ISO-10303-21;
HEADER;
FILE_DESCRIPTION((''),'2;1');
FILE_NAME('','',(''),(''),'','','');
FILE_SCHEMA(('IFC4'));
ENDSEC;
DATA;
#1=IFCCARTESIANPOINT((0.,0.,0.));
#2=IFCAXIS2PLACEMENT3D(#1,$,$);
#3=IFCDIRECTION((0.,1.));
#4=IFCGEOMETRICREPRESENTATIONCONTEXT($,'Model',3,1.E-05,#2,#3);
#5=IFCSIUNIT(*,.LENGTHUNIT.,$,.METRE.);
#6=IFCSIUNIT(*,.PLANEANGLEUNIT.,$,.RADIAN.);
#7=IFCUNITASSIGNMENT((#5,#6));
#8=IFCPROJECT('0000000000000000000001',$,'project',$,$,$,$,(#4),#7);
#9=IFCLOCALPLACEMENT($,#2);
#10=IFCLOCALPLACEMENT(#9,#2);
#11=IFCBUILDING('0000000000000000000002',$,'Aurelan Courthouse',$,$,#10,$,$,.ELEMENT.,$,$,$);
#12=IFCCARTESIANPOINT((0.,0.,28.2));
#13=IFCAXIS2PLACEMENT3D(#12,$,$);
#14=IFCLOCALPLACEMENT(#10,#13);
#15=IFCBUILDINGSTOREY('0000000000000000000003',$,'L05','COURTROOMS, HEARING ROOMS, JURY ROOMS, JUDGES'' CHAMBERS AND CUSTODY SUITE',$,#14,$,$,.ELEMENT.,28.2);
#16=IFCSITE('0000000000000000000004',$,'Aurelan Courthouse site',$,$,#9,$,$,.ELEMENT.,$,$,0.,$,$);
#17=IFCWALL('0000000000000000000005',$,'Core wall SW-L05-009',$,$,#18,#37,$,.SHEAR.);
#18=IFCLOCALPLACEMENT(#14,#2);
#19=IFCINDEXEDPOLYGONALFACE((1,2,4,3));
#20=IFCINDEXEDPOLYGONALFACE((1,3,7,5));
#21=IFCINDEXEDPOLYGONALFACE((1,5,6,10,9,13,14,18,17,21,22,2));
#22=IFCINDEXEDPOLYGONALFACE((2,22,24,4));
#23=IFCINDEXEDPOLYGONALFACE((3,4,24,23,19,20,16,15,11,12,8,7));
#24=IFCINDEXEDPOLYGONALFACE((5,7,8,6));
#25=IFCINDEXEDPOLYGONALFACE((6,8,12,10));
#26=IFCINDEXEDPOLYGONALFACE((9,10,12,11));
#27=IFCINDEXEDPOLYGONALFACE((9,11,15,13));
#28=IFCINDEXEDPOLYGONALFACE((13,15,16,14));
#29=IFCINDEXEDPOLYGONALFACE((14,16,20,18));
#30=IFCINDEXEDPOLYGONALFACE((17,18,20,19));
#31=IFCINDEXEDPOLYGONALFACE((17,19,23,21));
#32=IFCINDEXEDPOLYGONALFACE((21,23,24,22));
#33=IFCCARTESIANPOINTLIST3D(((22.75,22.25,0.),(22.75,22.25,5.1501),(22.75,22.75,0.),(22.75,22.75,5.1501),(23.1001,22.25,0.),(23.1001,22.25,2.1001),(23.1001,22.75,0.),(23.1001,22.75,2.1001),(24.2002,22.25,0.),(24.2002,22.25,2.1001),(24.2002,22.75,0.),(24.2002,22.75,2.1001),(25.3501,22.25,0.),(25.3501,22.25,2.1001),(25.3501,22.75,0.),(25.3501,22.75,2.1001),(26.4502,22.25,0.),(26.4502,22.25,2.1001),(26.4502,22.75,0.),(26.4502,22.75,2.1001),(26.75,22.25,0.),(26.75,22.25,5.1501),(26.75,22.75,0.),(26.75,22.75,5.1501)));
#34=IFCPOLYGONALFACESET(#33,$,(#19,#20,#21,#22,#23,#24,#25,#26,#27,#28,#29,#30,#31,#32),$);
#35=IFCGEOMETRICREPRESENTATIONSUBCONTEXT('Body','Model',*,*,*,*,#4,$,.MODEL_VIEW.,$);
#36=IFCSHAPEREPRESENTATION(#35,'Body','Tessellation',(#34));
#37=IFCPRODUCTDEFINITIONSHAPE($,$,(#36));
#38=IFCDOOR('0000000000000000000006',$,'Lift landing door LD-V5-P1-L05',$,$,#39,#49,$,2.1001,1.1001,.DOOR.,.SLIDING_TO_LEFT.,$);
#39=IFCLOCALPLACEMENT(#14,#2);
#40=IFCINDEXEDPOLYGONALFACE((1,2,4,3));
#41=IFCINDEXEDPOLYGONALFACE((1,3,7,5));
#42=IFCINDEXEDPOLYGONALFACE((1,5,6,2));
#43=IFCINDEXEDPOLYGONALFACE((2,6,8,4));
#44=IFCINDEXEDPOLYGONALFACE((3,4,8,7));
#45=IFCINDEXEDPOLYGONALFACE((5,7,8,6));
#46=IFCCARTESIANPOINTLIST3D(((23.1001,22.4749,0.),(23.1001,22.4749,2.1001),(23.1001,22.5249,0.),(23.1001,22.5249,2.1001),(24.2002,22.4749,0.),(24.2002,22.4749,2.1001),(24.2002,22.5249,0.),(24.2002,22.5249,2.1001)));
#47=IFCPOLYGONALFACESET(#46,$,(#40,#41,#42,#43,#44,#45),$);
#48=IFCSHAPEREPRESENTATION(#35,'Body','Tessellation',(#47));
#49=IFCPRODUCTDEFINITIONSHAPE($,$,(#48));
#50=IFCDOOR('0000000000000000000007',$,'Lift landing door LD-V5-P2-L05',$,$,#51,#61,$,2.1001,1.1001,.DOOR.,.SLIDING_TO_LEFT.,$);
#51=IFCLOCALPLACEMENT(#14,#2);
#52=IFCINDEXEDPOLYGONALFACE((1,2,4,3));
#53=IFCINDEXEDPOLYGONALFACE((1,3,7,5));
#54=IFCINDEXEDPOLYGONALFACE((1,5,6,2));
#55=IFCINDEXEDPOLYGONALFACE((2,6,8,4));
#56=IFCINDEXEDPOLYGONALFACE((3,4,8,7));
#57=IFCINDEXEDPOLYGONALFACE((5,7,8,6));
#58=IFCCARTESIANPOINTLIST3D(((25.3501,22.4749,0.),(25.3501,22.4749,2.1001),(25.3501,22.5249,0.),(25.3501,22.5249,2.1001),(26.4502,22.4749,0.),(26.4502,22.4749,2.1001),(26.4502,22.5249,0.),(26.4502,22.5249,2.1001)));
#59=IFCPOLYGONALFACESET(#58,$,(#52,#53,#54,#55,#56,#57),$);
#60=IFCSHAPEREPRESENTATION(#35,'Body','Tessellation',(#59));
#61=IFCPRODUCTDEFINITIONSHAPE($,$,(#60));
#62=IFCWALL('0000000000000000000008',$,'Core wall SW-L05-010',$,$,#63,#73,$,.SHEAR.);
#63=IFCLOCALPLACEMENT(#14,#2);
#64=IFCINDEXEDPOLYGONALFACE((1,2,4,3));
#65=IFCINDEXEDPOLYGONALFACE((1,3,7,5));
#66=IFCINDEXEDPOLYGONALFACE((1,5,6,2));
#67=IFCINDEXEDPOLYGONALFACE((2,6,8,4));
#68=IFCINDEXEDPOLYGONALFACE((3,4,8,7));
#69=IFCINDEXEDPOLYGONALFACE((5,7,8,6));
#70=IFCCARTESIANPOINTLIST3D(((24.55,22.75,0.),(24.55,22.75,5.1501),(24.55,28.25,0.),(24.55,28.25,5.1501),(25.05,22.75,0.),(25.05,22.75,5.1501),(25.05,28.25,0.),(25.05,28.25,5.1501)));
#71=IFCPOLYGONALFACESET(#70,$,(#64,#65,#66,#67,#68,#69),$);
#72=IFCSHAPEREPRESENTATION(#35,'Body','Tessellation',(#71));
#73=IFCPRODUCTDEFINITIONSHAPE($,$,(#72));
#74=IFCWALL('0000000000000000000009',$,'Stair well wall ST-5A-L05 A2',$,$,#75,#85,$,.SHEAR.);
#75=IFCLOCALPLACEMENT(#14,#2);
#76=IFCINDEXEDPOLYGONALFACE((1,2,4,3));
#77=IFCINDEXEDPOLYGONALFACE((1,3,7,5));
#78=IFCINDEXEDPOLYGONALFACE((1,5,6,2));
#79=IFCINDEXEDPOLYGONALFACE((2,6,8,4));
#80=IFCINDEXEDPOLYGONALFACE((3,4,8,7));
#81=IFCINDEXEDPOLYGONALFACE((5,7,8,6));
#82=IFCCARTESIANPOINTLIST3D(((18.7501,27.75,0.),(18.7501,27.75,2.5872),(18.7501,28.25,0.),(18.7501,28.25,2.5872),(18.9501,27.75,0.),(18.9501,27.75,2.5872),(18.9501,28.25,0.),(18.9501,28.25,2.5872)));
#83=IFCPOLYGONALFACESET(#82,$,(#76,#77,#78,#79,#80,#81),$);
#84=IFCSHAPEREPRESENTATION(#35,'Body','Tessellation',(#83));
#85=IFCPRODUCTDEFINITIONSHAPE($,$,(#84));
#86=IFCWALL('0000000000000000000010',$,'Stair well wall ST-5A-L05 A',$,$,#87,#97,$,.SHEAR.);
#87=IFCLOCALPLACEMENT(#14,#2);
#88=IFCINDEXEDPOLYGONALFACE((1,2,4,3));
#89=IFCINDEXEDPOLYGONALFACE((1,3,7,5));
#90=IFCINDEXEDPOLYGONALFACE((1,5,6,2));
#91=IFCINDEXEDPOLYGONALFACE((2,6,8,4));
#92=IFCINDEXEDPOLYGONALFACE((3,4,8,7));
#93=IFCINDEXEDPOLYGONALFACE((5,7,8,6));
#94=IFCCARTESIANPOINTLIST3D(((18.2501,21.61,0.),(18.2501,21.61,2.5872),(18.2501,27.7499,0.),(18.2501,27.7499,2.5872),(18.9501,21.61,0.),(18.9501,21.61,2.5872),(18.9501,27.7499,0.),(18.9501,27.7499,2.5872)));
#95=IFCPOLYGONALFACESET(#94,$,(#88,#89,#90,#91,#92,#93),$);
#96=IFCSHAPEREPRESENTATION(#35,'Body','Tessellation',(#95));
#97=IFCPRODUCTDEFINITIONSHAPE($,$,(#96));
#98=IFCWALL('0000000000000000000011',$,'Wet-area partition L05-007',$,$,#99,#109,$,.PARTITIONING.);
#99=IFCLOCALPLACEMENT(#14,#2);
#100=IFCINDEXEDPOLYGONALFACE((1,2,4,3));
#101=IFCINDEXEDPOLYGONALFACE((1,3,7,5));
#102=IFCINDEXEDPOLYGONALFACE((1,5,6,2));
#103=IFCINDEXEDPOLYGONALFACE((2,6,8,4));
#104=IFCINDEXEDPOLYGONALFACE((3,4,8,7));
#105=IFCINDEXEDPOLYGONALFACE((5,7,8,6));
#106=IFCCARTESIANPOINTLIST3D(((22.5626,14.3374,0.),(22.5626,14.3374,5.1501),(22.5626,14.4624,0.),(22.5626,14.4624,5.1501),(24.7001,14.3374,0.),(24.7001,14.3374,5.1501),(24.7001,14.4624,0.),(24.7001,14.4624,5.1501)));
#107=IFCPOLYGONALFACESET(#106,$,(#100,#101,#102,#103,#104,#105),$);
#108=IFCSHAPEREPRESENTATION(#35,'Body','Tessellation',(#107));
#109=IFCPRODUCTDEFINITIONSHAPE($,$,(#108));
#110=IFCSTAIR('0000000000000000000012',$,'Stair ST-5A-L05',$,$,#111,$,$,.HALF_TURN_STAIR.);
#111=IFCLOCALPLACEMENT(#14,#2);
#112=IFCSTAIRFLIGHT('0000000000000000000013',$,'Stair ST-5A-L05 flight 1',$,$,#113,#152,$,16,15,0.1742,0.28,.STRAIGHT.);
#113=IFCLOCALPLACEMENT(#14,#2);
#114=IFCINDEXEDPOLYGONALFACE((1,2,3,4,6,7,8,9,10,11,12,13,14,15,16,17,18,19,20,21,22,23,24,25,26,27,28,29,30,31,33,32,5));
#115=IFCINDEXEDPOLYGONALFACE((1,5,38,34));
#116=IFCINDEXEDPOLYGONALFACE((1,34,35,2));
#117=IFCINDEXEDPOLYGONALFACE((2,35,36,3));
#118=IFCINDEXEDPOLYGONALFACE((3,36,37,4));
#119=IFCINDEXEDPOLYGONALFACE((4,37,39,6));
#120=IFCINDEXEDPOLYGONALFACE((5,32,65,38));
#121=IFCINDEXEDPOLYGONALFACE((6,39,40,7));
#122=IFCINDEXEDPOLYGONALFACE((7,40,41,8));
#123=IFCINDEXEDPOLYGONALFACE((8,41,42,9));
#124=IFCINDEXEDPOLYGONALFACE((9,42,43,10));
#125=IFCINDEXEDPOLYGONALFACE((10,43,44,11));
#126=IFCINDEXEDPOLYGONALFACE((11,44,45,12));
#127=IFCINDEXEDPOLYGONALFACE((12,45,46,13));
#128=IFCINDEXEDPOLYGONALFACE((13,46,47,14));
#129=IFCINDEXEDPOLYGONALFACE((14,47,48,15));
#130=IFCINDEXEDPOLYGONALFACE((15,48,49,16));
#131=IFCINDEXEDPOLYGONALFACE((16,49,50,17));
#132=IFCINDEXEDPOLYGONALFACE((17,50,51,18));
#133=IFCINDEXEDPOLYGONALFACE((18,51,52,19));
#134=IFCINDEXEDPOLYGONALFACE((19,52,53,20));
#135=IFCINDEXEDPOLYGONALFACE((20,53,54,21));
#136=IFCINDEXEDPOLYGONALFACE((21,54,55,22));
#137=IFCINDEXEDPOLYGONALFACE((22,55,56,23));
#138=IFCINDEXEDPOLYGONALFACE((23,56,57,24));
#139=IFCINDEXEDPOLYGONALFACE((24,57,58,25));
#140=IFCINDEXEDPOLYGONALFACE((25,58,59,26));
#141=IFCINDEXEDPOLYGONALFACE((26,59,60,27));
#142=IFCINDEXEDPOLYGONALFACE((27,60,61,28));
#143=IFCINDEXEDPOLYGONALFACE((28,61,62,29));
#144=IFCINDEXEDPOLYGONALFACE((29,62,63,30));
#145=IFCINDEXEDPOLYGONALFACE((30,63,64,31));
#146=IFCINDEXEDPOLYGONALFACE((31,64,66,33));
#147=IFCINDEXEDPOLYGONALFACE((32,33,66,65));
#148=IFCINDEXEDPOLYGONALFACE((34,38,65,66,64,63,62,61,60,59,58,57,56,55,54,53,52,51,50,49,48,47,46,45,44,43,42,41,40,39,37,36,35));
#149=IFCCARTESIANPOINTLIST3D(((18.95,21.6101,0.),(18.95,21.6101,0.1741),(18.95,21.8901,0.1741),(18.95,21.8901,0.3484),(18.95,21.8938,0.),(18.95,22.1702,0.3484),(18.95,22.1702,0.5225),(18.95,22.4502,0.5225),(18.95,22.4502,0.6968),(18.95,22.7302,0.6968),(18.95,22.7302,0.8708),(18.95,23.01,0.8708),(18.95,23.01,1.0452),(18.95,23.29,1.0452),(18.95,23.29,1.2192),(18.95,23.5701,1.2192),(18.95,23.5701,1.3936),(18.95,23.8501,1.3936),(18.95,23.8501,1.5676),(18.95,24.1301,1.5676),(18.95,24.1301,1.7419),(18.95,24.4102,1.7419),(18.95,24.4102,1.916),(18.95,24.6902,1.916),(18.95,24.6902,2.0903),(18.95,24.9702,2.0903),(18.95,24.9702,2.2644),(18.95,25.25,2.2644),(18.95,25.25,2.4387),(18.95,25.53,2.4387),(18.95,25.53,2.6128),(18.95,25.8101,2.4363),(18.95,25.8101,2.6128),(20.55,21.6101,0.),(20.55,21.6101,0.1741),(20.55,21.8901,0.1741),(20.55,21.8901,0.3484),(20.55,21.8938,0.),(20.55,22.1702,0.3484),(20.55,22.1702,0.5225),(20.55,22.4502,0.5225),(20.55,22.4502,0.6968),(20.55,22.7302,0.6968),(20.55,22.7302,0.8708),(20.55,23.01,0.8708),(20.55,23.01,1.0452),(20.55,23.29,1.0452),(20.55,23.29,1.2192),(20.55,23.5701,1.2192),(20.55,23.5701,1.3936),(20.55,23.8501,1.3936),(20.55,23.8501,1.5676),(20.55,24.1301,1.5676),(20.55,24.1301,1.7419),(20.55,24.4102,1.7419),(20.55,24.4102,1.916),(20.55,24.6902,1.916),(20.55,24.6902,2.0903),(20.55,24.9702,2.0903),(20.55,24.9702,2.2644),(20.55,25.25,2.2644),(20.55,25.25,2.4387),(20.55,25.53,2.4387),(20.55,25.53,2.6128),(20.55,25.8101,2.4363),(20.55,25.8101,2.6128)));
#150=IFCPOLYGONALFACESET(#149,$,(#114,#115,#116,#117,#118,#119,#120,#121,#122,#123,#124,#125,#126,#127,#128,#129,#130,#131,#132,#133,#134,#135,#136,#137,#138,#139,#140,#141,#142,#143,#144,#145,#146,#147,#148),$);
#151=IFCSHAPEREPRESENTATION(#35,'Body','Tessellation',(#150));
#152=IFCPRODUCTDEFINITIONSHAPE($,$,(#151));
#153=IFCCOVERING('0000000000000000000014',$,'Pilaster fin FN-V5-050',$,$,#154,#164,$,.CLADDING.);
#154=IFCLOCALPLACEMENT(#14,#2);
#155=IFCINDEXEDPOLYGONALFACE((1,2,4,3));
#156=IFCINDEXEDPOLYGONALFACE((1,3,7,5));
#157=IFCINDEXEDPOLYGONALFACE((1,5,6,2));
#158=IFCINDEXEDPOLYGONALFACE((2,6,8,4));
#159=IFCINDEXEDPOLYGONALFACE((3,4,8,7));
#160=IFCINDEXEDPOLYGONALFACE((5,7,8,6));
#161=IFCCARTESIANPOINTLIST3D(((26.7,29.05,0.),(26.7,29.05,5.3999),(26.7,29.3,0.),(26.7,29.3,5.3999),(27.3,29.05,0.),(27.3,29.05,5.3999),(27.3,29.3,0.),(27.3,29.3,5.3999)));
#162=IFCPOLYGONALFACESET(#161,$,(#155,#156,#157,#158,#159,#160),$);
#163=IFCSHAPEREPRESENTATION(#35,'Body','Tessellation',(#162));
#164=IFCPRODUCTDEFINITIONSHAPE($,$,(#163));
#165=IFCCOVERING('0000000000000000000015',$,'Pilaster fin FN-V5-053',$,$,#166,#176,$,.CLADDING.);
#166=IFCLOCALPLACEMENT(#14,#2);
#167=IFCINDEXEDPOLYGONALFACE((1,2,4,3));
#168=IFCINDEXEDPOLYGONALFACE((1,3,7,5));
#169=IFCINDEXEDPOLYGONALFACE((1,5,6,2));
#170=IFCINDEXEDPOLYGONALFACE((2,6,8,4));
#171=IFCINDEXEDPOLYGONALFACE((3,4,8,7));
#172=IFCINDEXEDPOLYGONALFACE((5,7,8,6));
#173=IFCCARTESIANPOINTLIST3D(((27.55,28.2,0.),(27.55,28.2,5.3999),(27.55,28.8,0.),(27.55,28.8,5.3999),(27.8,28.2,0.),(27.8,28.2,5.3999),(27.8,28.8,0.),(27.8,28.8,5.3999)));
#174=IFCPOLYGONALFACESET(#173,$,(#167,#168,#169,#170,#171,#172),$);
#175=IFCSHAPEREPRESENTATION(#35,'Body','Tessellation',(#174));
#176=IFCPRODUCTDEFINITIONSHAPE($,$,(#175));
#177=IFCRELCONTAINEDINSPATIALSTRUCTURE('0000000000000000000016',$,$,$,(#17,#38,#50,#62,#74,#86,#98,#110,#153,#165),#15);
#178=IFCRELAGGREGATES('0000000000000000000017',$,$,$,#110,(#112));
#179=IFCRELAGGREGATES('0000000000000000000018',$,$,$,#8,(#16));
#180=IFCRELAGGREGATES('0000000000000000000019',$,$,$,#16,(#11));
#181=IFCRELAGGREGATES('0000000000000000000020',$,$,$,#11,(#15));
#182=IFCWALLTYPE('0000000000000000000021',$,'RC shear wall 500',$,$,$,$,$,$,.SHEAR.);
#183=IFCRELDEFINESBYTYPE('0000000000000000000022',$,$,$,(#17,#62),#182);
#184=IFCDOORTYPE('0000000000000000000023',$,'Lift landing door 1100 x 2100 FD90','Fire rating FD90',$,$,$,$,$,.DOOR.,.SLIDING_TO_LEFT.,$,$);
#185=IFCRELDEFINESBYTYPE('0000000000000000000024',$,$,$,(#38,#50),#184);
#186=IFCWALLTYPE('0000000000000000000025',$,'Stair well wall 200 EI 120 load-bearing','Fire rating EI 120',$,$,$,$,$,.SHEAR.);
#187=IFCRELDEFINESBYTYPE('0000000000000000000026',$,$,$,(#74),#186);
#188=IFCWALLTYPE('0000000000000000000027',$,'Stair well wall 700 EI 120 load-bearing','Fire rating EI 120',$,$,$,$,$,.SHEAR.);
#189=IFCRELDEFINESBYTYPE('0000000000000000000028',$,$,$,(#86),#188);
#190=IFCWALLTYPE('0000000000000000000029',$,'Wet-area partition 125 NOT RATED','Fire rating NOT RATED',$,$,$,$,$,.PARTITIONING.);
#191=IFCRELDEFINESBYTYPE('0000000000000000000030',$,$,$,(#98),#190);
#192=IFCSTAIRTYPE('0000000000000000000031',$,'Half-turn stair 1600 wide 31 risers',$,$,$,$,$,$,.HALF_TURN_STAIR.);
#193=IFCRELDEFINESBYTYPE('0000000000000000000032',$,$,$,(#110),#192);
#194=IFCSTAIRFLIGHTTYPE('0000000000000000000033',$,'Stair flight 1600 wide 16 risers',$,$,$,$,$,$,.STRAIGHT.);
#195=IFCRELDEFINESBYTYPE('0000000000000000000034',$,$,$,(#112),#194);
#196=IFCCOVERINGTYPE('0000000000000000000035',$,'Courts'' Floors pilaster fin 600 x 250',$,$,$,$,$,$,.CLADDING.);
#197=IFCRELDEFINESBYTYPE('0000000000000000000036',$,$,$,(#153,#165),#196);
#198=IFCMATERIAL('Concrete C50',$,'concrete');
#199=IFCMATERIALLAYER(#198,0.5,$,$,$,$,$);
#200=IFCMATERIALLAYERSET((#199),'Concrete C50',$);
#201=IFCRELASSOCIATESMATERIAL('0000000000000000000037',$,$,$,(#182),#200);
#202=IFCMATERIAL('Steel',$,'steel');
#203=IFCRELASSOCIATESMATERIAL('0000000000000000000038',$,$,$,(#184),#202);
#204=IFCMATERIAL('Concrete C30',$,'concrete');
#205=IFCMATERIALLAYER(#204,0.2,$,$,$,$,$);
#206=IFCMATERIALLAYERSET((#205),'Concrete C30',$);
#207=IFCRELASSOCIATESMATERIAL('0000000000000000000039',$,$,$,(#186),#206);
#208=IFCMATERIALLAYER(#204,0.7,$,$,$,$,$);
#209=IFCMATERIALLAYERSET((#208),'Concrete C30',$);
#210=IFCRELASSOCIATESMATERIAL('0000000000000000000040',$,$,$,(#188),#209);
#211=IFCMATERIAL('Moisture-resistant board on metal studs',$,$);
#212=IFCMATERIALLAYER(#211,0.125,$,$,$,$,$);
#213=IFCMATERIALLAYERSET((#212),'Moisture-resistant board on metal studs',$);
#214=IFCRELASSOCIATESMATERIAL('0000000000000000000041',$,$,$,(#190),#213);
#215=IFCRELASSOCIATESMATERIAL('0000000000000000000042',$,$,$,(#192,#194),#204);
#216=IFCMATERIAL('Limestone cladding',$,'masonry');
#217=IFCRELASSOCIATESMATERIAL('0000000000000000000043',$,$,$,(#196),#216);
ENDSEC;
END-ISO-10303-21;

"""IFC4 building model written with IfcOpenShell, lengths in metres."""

from ifc_helpers import new_model, si_unit, direction, frame, frame_2d, origin, origin_2d, place, context, subcontext, project, spatial, polyline, rectangle, outline, extrude, material, layer, layer_set, type_object, element, fill, aggregate, save


model = new_model("IFC4")

# Units and contexts
model_context = context("Model", 3, precision=1e-05, world=origin(), true_north=direction((0.0, 1.0)))
body_context = subcontext(model_context, "Body", "Model", "MODEL_VIEW")
ifc_project = project(units=[si_unit("LENGTHUNIT", "METRE"), si_unit("PLANEANGLEUNIT", "RADIAN")], contexts=[model_context])

# Site, building, storey
site_placement = place(None, origin())
site = spatial("IfcSite", under=ifc_project, at=site_placement, Name="Aurelan Courthouse site", CompositionType="ELEMENT", RefElevation=0.0)
building_placement = place(site_placement, origin())
building = spatial("IfcBuilding", under=site, at=building_placement, Name="Aurelan Courthouse", CompositionType="ELEMENT")
storey_placement = place(building_placement, frame((0.0, 0.0, 28.2)))
storey = spatial("IfcBuildingStorey", under=building, at=storey_placement, Name="L05", Description="COURTROOMS, HEARING ROOMS, JURY ROOMS, JUDGES' CHAMBERS AND CUSTODY SUITE", CompositionType="ELEMENT", Elevation=28.2)

# Shared definitions
ifc_material_1 = material(Name="Concrete C50", Category="concrete")

# Shared definitions
ifc_material_2 = material(Name="Limestone cladding", Category="masonry")
ifc_material_3 = material(Name="Concrete C30", Category="concrete")
ifc_layer_1 = layer(ifc_material_1, 0.5)
ifc_layer_set_1 = layer_set([ifc_layer_1], Name="Concrete C50")
wall_type_1 = type_object("IfcWallType", Name="RC shear wall 500", PredefinedType="SHEAR", material=ifc_layer_set_1)

# Wall, openings, doors
wall_1_placement = place(storey_placement, frame((22.75, 22.5, 0.0), z_axis=(0.0, 0.0, 1.0), x_axis=(1.0, 0.0, 0.0)))
wall_1 = element("IfcWall", 1, at=wall_1_placement, inside=storey, type_object=wall_type_1, Name="Core wall SW-L05-009", PredefinedType="SHEAR", context=body_context, shape_type="SweptSolid", body=[
    extrude(rectangle(XDim=4.0, YDim=0.5, at=frame_2d((2.0, 0.0))), origin(), (0.0, 0.0, 1.0), 5.1501),
])
opening_1_placement = place(wall_1_placement, frame((0.3501, 0.0, 0.0)))
opening_1 = element("IfcOpeningElement", 2, at=opening_1_placement, cuts=wall_1, PredefinedType="OPENING", context=body_context, shape_type="SweptSolid", body=[
    extrude(rectangle(XDim=1.1001, YDim=2.1001, at=frame_2d((0.55, 1.05))), frame((0.0, 0.26, 0.0), z_axis=(0.0, -1.0, 0.0), x_axis=(1.0, 0.0, 0.0)), (0.0, 0.0, 1.0), 0.52),
])
opening_2_placement = place(wall_1_placement, frame((2.6001, 0.0, 0.0)))
opening_2 = element("IfcOpeningElement", 3, at=opening_2_placement, cuts=wall_1, PredefinedType="OPENING", context=body_context, shape_type="SweptSolid", body=[
    extrude(rectangle(XDim=1.1001, YDim=2.1001, at=frame_2d((0.55, 1.05))), frame((0.0, 0.26, 0.0), z_axis=(0.0, -1.0, 0.0), x_axis=(1.0, 0.0, 0.0)), (0.0, 0.0, 1.0), 0.52),
])
ifc_material_4 = material(Name="Steel", Category="steel")
door_type = type_object("IfcDoorType", Name="Lift landing door 1100 x 2100 FD90", Description="Fire rating FD90", OperationType="SLIDING_TO_LEFT", PredefinedType="DOOR", material=ifc_material_4)
door_1_placement = place(opening_1_placement, origin())
door_1 = element("IfcDoor", 4, at=door_1_placement, inside=storey, type_object=door_type, Name="Lift landing door LD-V5-P1-L05", OperationType="SLIDING_TO_LEFT", OverallHeight=2.1001, OverallWidth=1.1001, PredefinedType="DOOR", context=body_context, shape_type="SweptSolid", body=[
    extrude(rectangle(XDim=1.1001, YDim=2.1001, at=frame_2d((0.55, 1.05))), frame((0.0, 0.0249, 0.0), z_axis=(0.0, -1.0, 0.0), x_axis=(1.0, 0.0, 0.0)), (0.0, 0.0, 1.0), 0.05),
])
fill(opening_1, door_1)
door_2_placement = place(opening_2_placement, origin())
door_2 = element("IfcDoor", 5, at=door_2_placement, inside=storey, type_object=door_type, Name="Lift landing door LD-V5-P2-L05", OperationType="SLIDING_TO_LEFT", OverallHeight=2.1001, OverallWidth=1.1001, PredefinedType="DOOR", context=body_context, shape_type="SweptSolid", body=[
    extrude(rectangle(XDim=1.1001, YDim=2.1001, at=frame_2d((0.55, 1.05))), frame((0.0, 0.0249, 0.0), z_axis=(0.0, -1.0, 0.0), x_axis=(1.0, 0.0, 0.0)), (0.0, 0.0, 1.0), 0.05),
])
fill(opening_2, door_2)

# Walls
wall_2_placement = place(storey_placement, frame((24.8, 22.75, 0.0), z_axis=(0.0, 0.0, 1.0), x_axis=(0.0, 1.0, 0.0)))
element("IfcWall", 6, at=wall_2_placement, inside=storey, type_object=wall_type_1, Name="Core wall SW-L05-010", PredefinedType="SHEAR", context=body_context, shape_type="SweptSolid", body=[
    extrude(rectangle(XDim=5.5, YDim=0.5, at=frame_2d((2.75, 0.0))), origin(), (0.0, 0.0, 1.0), 5.1501),
])
ifc_layer_2 = layer(ifc_material_3, 0.2)
ifc_layer_set_2 = layer_set([ifc_layer_2], Name="Concrete C30")
wall_type_2 = type_object("IfcWallType", Name="Stair well wall 200 EI 120 load-bearing", Description="Fire rating EI 120", PredefinedType="SHEAR", material=ifc_layer_set_2)
wall_3_placement = place(storey_placement, frame((18.8501, 27.75, 0.0), z_axis=(0.0, 0.0, 1.0), x_axis=(0.0, 1.0, 0.0)))
element("IfcWall", 7, at=wall_3_placement, inside=storey, type_object=wall_type_2, Name="Stair well wall ST-5A-L05 A2", PredefinedType="SHEAR", context=body_context, shape_type="SweptSolid", body=[
    extrude(rectangle(XDim=0.5, YDim=0.2, at=frame_2d((0.25, 0.0))), origin(), (0.0, 0.0, 1.0), 2.5872),
])
ifc_layer_3 = layer(ifc_material_3, 0.7)
ifc_layer_set_3 = layer_set([ifc_layer_3], Name="Concrete C30")
wall_type_3 = type_object("IfcWallType", Name="Stair well wall 700 EI 120 load-bearing", Description="Fire rating EI 120", PredefinedType="SHEAR", material=ifc_layer_set_3)
wall_4_placement = place(storey_placement, frame((18.6001, 21.6101, 0.0), z_axis=(0.0, 0.0, 1.0), x_axis=(0.0, 1.0, 0.0)))
element("IfcWall", 8, at=wall_4_placement, inside=storey, type_object=wall_type_3, Name="Stair well wall ST-5A-L05 A", PredefinedType="SHEAR", context=body_context, shape_type="SweptSolid", body=[
    extrude(rectangle(XDim=6.1399, YDim=0.7, at=frame_2d((3.0698, 0.0))), origin(), (0.0, 0.0, 1.0), 2.5872),
])
ifc_material_5 = material(Name="Moisture-resistant board on metal studs")
ifc_layer_4 = layer(ifc_material_5, 0.125)
ifc_layer_set_4 = layer_set([ifc_layer_4], Name="Moisture-resistant board on metal studs")
wall_type_4 = type_object("IfcWallType", Name="Wet-area partition 125 NOT RATED", Description="Fire rating NOT RATED", PredefinedType="PARTITIONING", material=ifc_layer_set_4)
wall_5_placement = place(storey_placement, frame((22.5625, 14.3999, 0.0), z_axis=(0.0, 0.0, 1.0), x_axis=(1.0, 0.0, 0.0)))
element("IfcWall", 9, at=wall_5_placement, inside=storey, type_object=wall_type_4, Name="Wet-area partition L05-007", PredefinedType="PARTITIONING", context=body_context, shape_type="SweptSolid", body=[
    extrude(rectangle(XDim=2.1375, YDim=0.125, at=frame_2d((1.0688, 0.0))), origin(), (0.0, 0.0, 1.0), 5.1501),
])

# Stair, stair flight
stair_type = type_object("IfcStairType", Name="Half-turn stair 1600 wide 31 risers", PredefinedType="HALF_TURN_STAIR", material=ifc_material_3)
stair_placement = place(storey_placement, origin())
stair = element("IfcStair", 10, at=stair_placement, inside=storey, type_object=stair_type, Name="Stair ST-5A-L05", PredefinedType="HALF_TURN_STAIR")
stair_flight_type = type_object("IfcStairFlightType", Name="Stair flight 1600 wide 16 risers", PredefinedType="STRAIGHT", material=ifc_material_3)
stair_flight_placement = place(storey_placement, frame((19.75, 21.6101, 0.0), z_axis=(0.0, 0.0, 1.0), x_axis=(0.0, 1.0, 0.0)))
stair_flight = element("IfcStairFlight", 11, at=stair_flight_placement, type_object=stair_flight_type, Name="Stair ST-5A-L05 flight 1", NumberOfRisers=16, NumberOfTreads=15, PredefinedType="STRAIGHT", RiserHeight=0.1742, TreadLength=0.28, context=body_context, shape_type="SweptSolid", body=[
    extrude(outline(polyline([(0.0, 0.0), (0.0, 0.1741), (0.28, 0.1741), (0.28, 0.3484), (0.5601, 0.3484), (0.5601, 0.5225), (0.8401, 0.5225), (0.8401, 0.6968), (1.1201, 0.6968), (1.1201, 0.8708), (1.3999, 0.8708), (1.3999, 1.0452), (1.6799, 1.0452), (1.6799, 1.2192), (1.96, 1.2192), (1.96, 1.3936), (2.24, 1.3936), (2.24, 1.5676), (2.52, 1.5676), (2.52, 1.7419), (2.8, 1.7419), (2.8, 1.916), (3.0801, 1.916), (3.0801, 2.0903), (3.3601, 2.0903), (3.3601, 2.2644), (3.6399, 2.2644), (3.6399, 2.4387), (3.9199, 2.4387), (3.9199, 2.6128), (4.2, 2.6128), (4.2, 2.7871), (4.2, 2.4363), (0.2837, 0.0), (0.0, 0.0)])), frame((0.0, 0.8, 0.0), z_axis=(0.0, -1.0, 0.0), x_axis=(1.0, 0.0, 0.0)), (0.0, 0.0, 1.0), 1.6001),
])
aggregate(stair, [stair_flight])

# Coverings
covering_type = type_object("IfcCoveringType", Name="Courts' Floors pilaster fin 600 x 250", PredefinedType="CLADDING", material=ifc_material_2)
covering_1_placement = place(storey_placement, frame((27.0, 29.175, 0.0), z_axis=(0.0, 0.0, 1.0), x_axis=(1.0, 0.0, 0.0)))
element("IfcCovering", 12, at=covering_1_placement, inside=storey, type_object=covering_type, Name="Pilaster fin FN-V5-050", PredefinedType="CLADDING", context=body_context, shape_type="SweptSolid", body=[
    extrude(rectangle(XDim=0.6001, YDim=0.25, at=origin_2d()), origin(), (0.0, 0.0, 1.0), 5.3999),
])
covering_2_placement = place(storey_placement, frame((27.675, 28.5, 0.0), z_axis=(0.0, 0.0, 1.0), x_axis=(1.0, 0.0, 0.0)))
element("IfcCovering", 13, at=covering_2_placement, inside=storey, type_object=covering_type, Name="Pilaster fin FN-V5-053", PredefinedType="CLADDING", context=body_context, shape_type="SweptSolid", body=[
    extrude(rectangle(XDim=0.25, YDim=0.6001, at=origin_2d()), origin(), (0.0, 0.0, 1.0), 5.3999),
])

save(model, "model.ifc")
